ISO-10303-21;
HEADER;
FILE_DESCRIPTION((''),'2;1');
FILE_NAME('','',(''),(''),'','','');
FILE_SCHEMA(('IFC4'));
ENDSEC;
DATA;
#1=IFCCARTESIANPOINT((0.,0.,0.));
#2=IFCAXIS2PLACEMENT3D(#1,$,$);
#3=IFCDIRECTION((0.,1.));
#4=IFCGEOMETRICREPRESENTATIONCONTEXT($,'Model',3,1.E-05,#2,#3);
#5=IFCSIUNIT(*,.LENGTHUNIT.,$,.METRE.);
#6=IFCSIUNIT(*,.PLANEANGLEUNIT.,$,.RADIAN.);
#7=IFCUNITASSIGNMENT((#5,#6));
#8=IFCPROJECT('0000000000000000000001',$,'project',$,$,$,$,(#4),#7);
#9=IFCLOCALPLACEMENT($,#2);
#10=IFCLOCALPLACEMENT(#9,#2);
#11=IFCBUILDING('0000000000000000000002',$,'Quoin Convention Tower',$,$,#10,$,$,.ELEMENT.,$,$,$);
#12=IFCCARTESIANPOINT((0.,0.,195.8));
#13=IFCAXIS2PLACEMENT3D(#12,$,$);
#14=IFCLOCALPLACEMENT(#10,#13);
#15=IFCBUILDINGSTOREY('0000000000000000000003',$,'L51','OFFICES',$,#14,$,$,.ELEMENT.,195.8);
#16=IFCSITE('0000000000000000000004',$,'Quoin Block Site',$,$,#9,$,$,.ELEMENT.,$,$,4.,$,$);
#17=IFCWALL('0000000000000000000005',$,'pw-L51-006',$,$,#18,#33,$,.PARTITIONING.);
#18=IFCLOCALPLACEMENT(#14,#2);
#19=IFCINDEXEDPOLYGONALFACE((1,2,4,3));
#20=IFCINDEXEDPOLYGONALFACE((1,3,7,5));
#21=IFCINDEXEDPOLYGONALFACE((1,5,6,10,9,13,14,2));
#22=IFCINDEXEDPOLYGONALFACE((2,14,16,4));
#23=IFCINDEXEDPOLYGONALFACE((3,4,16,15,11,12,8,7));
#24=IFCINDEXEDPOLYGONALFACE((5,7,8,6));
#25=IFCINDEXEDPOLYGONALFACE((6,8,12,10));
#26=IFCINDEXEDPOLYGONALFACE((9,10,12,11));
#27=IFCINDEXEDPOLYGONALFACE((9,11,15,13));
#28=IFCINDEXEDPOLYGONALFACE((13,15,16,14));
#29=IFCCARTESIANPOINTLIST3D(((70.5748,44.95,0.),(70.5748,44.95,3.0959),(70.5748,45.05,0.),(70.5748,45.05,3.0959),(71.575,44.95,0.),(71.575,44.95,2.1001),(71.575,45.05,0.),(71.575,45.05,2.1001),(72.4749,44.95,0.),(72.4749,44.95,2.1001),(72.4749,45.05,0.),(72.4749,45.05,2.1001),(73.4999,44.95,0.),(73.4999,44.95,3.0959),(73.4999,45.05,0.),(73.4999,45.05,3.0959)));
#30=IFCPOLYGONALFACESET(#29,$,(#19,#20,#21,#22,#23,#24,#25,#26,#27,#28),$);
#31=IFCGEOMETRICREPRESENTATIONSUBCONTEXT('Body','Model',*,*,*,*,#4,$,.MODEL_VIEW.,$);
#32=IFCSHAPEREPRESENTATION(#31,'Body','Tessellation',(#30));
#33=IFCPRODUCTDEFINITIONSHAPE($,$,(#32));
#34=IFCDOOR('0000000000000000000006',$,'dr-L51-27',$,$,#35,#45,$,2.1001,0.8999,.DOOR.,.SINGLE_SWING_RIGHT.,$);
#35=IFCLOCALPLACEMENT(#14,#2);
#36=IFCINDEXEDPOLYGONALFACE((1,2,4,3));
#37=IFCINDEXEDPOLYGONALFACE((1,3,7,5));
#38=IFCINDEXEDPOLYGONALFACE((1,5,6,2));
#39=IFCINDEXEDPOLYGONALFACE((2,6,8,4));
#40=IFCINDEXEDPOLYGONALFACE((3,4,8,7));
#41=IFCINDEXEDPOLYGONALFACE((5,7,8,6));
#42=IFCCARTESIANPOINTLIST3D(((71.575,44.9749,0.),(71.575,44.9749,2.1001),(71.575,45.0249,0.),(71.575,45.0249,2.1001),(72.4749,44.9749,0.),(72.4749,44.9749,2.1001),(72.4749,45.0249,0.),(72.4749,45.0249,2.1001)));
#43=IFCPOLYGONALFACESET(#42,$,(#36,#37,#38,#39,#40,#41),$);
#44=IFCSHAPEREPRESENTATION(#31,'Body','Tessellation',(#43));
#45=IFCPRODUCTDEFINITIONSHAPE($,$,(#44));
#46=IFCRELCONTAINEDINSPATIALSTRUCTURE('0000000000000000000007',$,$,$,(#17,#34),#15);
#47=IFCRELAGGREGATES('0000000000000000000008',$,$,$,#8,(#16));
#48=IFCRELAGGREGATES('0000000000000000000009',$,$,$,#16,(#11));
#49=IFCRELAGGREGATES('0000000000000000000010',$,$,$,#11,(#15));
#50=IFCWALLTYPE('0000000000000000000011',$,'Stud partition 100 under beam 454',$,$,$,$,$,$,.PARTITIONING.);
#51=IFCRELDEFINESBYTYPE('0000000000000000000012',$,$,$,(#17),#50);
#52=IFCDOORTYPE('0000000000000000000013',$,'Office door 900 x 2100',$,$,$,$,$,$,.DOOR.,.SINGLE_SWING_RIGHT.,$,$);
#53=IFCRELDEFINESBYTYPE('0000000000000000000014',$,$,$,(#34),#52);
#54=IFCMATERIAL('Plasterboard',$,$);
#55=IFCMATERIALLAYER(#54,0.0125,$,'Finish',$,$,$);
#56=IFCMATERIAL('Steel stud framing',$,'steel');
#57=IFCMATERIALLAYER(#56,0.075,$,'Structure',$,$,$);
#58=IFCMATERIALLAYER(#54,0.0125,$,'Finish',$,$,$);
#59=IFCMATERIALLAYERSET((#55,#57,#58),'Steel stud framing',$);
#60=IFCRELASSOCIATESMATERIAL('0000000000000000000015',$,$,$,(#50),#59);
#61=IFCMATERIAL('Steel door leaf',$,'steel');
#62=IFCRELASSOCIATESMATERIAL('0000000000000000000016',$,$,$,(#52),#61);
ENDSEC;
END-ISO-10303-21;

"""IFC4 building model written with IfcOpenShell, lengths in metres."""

from ifc_helpers import new_model, si_unit, direction, frame, frame_2d, origin, place, context, subcontext, project, spatial, rectangle, extrude, material, layer, layer_set, type_object, element, fill, save


model = new_model("IFC4")

# Units and contexts
model_context = context("Model", 3, precision=1e-05, world=origin(), true_north=direction((0.0, 1.0)))
body_context = subcontext(model_context, "Body", "Model", "MODEL_VIEW")
ifc_project = project(units=[si_unit("LENGTHUNIT", "METRE"), si_unit("PLANEANGLEUNIT", "RADIAN")], contexts=[model_context])

# Site, building, storey
site_placement = place(None, origin())
site = spatial("IfcSite", under=ifc_project, at=site_placement, Name="Quoin Block Site", CompositionType="ELEMENT", RefElevation=4.0)
building_placement = place(site_placement, origin())
building = spatial("IfcBuilding", under=site, at=building_placement, Name="Quoin Convention Tower", CompositionType="ELEMENT")
storey_placement = place(building_placement, frame((0.0, 0.0, 195.8)))
storey = spatial("IfcBuildingStorey", under=building, at=storey_placement, Name="L51", Description="OFFICES", CompositionType="ELEMENT", Elevation=195.8)

# Shared definitions
ifc_material_1 = material(Name="Plasterboard")
ifc_material_2 = material(Name="Steel stud framing", Category="steel")

# Shared definitions
ifc_material_3 = material(Name="Steel door leaf", Category="steel")

# Wall, opening, door
ifc_layer_1 = layer(ifc_material_1, 0.0125, Name="Finish")
ifc_layer_2 = layer(ifc_material_2, 0.075, Name="Structure")
ifc_layer_3 = layer(ifc_material_1, 0.0125, Name="Finish")
ifc_layer_set_1 = layer_set([ifc_layer_1, ifc_layer_2, ifc_layer_3], Name="Steel stud framing")
wall_type_1 = type_object("IfcWallType", Name="Stud partition 100 under beam 454", PredefinedType="PARTITIONING", material=ifc_layer_set_1)
wall_1_placement = place(storey_placement, frame((70.575, 45.0, 0.0), z_axis=(0.0, 0.0, 1.0), x_axis=(1.0, 0.0, 0.0)))
wall_1 = element("IfcWall", 1, at=wall_1_placement, inside=storey, type_object=wall_type_1, Name="pw-L51-006", PredefinedType="PARTITIONING", context=body_context, shape_type="SweptSolid", body=[
    extrude(rectangle(XDim=2.925, YDim=0.1001, at=frame_2d((1.4624, 0.0))), origin(), (0.0, 0.0, 1.0), 3.0959),
])
opening_1_placement = place(wall_1_placement, frame((1.0, 0.0, 0.0)))
opening_1 = element("IfcOpeningElement", 2, at=opening_1_placement, cuts=wall_1, PredefinedType="OPENING", context=body_context, shape_type="SweptSolid", body=[
    extrude(rectangle(XDim=0.8999, YDim=2.1001, at=frame_2d((0.45, 1.05))), frame((0.0, 0.0601, 0.0), z_axis=(0.0, -1.0, 0.0), x_axis=(1.0, 0.0, 0.0)), (0.0, 0.0, 1.0), 0.1201),
])
door_type_1 = type_object("IfcDoorType", Name="Office door 900 x 2100", OperationType="SINGLE_SWING_RIGHT", PredefinedType="DOOR", material=ifc_material_3)
door_1_placement = place(opening_1_placement, origin())
door_1 = element("IfcDoor", 3, at=door_1_placement, inside=storey, type_object=door_type_1, Name="dr-L51-27", OperationType="SINGLE_SWING_RIGHT", OverallHeight=2.1001, OverallWidth=0.8999, PredefinedType="DOOR", context=body_context, shape_type="SweptSolid", body=[
    extrude(rectangle(XDim=0.8999, YDim=2.1001, at=frame_2d((0.45, 1.05))), frame((0.0, 0.0249, 0.0), z_axis=(0.0, -1.0, 0.0), x_axis=(1.0, 0.0, 0.0)), (0.0, 0.0, 1.0), 0.05),
])
fill(opening_1, door_1)

save(model, "model.ifc")
